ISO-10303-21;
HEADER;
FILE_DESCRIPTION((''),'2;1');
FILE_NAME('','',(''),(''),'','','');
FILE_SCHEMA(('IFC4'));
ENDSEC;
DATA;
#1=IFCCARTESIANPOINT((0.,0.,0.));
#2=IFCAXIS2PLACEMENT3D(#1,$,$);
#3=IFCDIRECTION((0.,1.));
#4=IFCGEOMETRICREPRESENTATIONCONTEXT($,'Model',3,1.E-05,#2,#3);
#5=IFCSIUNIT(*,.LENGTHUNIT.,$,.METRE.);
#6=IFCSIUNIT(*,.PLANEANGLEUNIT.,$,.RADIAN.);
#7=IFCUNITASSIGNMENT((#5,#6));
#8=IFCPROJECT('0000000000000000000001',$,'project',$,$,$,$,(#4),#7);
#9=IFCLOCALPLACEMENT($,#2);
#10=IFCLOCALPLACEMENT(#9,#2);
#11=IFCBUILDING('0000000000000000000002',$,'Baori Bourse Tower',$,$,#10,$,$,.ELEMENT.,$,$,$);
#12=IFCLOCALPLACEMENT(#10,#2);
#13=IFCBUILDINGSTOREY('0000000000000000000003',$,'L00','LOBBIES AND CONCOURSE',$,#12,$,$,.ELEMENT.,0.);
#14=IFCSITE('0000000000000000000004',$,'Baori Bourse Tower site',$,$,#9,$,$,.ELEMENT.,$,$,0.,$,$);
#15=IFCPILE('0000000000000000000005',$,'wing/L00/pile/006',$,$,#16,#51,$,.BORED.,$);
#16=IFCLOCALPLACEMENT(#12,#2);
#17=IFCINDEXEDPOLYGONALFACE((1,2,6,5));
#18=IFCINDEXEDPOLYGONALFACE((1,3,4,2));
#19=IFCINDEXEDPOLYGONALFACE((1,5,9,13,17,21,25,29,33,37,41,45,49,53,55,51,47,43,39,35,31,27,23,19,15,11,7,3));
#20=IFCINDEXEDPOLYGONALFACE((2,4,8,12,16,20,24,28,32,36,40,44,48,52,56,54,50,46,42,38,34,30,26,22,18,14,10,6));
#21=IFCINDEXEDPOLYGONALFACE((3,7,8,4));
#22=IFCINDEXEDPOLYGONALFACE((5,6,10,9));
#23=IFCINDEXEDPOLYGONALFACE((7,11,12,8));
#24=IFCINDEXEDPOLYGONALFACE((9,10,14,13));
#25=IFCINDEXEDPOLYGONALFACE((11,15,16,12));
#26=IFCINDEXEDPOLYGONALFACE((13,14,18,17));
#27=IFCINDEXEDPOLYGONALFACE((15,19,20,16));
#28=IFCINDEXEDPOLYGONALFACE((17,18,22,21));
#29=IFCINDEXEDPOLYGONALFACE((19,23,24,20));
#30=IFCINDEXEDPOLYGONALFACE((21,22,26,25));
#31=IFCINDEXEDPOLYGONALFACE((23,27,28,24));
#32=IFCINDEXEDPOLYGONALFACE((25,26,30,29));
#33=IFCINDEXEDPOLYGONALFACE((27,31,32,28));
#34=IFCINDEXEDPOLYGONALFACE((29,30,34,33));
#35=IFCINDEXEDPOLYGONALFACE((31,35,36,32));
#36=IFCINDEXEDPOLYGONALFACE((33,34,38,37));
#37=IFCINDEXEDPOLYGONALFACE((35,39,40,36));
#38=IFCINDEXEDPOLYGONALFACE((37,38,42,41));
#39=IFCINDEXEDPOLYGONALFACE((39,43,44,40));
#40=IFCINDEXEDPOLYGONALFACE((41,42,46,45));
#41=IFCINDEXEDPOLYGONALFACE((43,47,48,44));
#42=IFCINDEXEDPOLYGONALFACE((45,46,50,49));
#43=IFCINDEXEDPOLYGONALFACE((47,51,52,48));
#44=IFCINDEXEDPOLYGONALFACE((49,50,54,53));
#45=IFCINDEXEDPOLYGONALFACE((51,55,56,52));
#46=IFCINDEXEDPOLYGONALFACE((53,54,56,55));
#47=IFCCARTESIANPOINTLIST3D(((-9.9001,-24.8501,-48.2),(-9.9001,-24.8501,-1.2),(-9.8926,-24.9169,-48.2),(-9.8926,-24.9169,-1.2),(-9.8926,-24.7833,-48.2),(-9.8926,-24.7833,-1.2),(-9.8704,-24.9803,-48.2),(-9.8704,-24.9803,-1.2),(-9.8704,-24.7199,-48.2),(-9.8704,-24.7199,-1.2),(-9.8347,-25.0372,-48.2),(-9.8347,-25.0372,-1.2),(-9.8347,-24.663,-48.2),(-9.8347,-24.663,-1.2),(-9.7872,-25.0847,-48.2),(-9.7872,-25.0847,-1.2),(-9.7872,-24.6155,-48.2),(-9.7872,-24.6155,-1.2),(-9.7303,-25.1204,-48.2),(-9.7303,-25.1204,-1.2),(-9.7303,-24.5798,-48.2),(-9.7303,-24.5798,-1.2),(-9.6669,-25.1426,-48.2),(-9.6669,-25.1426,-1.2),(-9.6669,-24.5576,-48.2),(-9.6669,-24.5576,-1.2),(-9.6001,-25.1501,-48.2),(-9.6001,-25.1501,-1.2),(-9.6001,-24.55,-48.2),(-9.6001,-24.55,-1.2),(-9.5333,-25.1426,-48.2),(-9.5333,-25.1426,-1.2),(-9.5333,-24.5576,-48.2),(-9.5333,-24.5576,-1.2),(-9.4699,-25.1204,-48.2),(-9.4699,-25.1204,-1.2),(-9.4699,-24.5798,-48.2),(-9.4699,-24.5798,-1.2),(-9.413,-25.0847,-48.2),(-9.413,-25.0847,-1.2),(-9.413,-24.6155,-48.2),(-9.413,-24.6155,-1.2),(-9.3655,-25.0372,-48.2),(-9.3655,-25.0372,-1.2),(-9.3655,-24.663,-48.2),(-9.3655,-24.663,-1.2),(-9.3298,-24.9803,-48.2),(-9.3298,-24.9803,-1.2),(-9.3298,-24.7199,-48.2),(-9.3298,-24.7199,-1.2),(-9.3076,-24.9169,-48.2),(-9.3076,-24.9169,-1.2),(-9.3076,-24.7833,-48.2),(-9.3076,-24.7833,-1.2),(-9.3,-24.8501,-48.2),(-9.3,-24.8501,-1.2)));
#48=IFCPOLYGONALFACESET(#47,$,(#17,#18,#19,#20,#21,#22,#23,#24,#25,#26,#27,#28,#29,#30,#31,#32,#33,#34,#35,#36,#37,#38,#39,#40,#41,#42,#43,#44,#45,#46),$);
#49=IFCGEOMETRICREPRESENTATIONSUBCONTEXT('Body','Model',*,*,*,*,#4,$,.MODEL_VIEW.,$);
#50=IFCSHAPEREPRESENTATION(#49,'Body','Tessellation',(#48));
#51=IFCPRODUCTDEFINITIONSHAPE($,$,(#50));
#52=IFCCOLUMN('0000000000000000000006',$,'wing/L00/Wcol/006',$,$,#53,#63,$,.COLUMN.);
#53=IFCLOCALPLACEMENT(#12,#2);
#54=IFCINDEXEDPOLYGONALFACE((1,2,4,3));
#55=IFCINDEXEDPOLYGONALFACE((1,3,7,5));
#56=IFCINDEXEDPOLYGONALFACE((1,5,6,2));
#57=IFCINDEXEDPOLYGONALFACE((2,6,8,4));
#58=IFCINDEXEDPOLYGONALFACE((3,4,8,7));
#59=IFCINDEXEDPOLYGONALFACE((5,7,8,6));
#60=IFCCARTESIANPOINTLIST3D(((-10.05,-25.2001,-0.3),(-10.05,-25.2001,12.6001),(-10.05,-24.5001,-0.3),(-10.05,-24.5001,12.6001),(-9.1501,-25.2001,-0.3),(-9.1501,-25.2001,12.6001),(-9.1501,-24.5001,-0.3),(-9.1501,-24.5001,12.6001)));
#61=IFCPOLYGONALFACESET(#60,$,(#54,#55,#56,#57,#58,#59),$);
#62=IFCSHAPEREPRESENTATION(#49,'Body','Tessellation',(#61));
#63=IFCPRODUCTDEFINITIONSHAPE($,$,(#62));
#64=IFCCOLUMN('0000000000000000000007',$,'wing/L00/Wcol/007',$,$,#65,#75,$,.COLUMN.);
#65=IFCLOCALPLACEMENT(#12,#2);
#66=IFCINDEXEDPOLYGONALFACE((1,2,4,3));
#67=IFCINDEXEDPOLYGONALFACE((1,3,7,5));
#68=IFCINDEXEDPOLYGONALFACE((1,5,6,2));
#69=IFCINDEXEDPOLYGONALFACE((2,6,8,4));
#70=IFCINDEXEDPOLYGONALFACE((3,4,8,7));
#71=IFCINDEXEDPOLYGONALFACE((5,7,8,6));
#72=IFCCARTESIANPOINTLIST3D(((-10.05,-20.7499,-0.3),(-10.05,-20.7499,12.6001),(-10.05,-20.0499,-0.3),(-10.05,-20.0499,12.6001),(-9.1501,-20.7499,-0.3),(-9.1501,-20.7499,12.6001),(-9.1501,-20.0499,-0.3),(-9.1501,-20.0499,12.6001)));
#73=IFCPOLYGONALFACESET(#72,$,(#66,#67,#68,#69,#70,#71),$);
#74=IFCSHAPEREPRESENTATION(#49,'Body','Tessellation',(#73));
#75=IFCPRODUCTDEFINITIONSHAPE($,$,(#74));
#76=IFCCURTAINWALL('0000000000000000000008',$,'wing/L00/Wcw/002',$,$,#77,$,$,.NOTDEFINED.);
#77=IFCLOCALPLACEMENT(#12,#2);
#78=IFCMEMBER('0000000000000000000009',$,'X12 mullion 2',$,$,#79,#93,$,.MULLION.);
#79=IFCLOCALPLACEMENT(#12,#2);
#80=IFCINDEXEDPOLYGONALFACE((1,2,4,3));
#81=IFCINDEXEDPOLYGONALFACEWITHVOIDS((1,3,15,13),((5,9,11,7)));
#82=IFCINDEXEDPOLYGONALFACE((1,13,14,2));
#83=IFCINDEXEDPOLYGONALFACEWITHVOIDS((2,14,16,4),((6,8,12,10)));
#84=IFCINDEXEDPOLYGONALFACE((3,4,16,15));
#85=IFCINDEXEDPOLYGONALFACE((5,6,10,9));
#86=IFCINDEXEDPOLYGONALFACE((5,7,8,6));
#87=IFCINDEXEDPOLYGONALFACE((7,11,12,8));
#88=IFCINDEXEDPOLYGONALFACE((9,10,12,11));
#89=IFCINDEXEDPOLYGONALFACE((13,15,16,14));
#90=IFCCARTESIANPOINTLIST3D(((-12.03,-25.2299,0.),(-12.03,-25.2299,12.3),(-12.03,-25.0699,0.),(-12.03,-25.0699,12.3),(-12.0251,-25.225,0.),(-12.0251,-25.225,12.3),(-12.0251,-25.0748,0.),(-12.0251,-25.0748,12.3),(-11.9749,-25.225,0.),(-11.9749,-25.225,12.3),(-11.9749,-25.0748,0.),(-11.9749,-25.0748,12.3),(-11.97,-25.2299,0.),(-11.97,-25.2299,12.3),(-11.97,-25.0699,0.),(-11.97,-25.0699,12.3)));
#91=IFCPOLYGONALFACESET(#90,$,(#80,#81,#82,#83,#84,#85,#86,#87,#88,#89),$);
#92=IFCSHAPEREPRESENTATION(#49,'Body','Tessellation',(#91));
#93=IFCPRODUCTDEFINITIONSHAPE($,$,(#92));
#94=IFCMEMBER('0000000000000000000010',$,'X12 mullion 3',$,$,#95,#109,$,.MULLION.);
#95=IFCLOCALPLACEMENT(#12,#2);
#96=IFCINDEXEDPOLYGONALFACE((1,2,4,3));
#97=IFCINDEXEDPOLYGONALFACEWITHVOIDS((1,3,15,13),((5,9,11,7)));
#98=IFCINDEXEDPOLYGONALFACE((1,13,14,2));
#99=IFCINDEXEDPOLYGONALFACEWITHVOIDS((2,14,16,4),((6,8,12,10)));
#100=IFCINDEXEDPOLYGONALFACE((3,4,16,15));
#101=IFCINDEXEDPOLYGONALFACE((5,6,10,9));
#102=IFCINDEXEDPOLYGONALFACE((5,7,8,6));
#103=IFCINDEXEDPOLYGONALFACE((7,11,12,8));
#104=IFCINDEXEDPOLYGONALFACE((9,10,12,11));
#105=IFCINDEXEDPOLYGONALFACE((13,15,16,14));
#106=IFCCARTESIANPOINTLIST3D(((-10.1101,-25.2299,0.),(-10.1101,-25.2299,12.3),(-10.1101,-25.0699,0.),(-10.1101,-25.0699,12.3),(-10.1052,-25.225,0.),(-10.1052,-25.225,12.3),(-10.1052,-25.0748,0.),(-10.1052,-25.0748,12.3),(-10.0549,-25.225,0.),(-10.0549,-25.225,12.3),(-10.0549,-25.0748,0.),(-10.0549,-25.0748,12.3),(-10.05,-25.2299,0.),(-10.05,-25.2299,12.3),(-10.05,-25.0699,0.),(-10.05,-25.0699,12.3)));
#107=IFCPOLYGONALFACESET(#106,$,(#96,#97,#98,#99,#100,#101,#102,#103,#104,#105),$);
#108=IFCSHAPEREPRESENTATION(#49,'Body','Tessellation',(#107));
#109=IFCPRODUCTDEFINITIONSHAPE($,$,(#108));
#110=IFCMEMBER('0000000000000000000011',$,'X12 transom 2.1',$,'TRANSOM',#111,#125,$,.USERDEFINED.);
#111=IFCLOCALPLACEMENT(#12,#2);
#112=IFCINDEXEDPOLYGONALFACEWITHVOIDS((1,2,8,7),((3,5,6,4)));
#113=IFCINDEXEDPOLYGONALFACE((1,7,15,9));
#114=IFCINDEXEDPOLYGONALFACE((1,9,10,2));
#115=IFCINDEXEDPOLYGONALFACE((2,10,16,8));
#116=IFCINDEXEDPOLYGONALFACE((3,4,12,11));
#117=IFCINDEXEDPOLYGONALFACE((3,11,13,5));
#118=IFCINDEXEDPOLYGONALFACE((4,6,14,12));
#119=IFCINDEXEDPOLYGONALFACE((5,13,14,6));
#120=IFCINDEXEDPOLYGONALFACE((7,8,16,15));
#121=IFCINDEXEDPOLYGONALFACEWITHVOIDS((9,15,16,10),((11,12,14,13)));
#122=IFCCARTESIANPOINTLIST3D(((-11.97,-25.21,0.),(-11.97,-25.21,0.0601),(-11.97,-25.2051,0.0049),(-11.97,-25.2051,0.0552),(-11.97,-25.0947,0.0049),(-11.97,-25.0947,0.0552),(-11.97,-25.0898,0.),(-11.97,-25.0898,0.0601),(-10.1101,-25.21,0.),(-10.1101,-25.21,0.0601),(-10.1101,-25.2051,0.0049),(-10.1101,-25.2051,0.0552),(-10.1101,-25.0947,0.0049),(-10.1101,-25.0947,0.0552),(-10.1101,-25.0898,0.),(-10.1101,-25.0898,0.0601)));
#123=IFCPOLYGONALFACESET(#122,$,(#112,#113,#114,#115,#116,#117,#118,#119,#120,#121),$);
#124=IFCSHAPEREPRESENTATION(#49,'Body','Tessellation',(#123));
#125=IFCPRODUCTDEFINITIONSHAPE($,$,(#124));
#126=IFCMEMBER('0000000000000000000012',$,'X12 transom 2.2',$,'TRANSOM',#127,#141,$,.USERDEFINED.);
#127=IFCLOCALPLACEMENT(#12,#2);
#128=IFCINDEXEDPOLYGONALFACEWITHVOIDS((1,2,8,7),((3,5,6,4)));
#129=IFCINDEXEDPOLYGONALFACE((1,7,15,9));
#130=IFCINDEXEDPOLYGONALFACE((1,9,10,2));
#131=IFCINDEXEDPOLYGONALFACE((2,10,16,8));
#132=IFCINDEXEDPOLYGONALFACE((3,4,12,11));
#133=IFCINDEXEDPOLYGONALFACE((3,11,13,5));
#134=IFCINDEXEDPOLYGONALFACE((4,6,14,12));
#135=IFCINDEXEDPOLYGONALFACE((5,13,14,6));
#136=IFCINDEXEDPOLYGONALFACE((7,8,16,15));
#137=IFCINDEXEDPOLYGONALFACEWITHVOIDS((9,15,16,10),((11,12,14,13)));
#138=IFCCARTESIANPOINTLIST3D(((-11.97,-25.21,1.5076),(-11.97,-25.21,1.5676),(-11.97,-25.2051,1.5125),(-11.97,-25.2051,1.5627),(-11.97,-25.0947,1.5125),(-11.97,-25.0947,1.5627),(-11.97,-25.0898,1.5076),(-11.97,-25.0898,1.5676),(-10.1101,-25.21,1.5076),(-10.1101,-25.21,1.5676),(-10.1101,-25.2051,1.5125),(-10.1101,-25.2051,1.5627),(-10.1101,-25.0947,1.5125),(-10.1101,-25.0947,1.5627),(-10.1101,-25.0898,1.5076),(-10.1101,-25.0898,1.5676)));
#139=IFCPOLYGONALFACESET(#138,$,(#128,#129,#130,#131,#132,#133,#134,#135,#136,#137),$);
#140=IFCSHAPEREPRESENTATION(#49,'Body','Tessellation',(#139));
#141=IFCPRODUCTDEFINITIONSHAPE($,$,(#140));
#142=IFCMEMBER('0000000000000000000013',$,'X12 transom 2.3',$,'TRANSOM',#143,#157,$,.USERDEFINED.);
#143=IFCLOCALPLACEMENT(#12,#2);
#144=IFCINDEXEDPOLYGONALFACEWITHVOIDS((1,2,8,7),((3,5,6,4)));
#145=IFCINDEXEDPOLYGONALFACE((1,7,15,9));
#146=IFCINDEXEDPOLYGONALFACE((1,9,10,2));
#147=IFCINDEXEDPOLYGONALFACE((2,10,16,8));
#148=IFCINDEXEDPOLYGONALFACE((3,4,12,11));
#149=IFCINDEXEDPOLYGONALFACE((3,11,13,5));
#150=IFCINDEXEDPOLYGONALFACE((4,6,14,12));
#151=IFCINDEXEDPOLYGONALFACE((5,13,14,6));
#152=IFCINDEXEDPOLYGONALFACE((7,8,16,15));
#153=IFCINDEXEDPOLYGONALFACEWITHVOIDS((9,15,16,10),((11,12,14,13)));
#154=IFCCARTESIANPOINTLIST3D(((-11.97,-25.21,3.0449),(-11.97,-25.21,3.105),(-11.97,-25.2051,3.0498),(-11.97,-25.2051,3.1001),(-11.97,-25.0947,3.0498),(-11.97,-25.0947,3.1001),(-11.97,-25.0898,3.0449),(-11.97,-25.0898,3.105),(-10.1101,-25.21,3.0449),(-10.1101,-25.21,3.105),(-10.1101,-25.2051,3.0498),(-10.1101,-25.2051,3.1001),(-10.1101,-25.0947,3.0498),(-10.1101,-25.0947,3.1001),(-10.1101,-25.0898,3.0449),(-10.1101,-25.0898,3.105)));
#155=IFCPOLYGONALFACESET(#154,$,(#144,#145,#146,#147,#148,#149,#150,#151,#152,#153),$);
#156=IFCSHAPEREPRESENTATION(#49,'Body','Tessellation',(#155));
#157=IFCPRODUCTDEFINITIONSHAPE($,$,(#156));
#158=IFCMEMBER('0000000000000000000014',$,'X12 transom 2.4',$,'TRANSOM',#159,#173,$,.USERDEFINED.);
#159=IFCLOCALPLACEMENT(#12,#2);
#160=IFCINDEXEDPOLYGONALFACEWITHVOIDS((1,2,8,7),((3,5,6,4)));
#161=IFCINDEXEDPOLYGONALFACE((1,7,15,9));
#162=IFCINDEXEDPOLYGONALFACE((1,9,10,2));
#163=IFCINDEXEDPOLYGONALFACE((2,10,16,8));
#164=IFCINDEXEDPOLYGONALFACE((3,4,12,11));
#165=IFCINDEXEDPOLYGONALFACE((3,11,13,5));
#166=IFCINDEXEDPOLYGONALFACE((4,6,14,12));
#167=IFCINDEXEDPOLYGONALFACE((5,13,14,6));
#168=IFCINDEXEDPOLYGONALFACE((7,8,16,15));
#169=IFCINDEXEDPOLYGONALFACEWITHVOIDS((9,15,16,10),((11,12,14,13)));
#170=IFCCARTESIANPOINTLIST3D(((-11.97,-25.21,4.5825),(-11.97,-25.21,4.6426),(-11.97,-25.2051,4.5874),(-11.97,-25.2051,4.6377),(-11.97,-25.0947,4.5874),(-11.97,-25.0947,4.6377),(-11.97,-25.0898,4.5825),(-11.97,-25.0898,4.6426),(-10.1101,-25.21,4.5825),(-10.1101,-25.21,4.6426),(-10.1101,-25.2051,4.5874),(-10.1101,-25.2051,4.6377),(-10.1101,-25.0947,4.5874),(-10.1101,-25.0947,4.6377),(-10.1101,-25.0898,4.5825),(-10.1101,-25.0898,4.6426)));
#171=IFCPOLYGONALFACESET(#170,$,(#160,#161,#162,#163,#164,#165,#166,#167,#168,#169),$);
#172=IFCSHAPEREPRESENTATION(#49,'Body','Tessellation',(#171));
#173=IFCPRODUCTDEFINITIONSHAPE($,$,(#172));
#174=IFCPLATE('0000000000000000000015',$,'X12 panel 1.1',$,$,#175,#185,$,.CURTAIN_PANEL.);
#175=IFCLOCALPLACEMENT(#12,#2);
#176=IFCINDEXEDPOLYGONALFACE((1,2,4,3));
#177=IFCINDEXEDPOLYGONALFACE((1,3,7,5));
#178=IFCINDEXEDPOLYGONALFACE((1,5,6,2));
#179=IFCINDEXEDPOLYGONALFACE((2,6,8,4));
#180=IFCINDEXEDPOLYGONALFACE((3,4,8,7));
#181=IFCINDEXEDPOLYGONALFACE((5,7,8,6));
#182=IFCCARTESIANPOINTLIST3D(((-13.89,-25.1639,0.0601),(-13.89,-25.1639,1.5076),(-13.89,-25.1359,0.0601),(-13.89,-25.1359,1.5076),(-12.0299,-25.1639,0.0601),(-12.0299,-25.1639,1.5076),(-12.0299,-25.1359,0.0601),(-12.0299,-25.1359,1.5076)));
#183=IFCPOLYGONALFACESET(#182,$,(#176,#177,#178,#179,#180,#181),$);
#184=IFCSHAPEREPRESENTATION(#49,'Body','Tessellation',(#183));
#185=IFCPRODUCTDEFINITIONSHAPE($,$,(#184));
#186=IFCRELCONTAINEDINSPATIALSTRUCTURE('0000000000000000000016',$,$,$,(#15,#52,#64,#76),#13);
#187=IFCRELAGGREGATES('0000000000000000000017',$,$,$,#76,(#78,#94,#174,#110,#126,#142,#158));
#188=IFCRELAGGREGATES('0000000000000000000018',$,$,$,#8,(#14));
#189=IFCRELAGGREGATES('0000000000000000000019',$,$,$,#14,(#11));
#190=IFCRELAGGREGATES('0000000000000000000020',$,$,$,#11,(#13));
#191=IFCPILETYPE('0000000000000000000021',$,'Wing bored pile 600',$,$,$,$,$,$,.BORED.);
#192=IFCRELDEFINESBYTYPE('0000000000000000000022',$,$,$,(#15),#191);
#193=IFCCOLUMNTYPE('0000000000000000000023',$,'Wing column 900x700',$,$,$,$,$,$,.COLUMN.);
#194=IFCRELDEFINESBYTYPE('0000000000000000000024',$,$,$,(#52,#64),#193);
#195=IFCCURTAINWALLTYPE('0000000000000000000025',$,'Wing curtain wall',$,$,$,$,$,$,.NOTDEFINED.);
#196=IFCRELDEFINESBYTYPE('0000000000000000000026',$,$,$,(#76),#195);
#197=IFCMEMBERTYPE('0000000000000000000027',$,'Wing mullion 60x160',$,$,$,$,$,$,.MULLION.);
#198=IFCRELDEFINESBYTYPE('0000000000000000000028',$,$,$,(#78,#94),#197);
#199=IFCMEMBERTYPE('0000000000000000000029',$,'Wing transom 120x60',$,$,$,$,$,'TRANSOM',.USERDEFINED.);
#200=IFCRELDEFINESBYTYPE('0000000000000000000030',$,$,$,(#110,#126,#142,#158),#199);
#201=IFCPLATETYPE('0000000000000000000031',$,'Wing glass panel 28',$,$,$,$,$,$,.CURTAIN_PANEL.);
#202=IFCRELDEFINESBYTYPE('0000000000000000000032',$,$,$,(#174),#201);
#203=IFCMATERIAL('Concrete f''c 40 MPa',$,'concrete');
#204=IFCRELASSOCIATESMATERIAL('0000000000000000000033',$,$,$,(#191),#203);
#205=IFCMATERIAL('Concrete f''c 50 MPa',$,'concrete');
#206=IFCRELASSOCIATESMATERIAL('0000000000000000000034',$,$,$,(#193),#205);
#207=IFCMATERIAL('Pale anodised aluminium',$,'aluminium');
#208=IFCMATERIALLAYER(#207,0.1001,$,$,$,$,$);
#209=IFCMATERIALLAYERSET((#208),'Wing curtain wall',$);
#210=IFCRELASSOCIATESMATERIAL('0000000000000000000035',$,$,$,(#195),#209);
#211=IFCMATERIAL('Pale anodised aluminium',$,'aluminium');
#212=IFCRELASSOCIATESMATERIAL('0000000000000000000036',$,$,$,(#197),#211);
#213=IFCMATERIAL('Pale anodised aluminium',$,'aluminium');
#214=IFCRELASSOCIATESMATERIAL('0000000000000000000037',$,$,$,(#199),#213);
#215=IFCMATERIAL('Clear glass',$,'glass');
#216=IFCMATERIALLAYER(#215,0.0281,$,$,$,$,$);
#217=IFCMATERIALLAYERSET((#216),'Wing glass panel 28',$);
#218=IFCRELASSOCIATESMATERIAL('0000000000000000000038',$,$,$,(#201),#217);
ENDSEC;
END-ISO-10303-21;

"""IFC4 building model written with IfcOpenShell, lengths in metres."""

from ifc_helpers import new_model, si_unit, direction, frame, origin, origin_2d, place, context, subcontext, project, spatial, rectangle, hollow_rectangle, circle, extrude, material, layer, layer_set, material_profile, profile_set, type_object, element, aggregate, save


model = new_model("IFC4")

# Units and contexts
model_context = context("Model", 3, precision=1e-05, world=origin(), true_north=direction((0.0, 1.0)))
body_context = subcontext(model_context, "Body", "Model", "MODEL_VIEW")
ifc_project = project(units=[si_unit("LENGTHUNIT", "METRE"), si_unit("PLANEANGLEUNIT", "RADIAN")], contexts=[model_context])

# Site, building, storey
site_placement = place(None, origin())
site = spatial("IfcSite", under=ifc_project, at=site_placement, Name="Baori Bourse Tower site", CompositionType="ELEMENT", RefElevation=0.0)
building_placement = place(site_placement, origin())
building = spatial("IfcBuilding", under=site, at=building_placement, Name="Baori Bourse Tower", CompositionType="ELEMENT")
storey_placement = place(building_placement, origin())
storey = spatial("IfcBuildingStorey", under=building, at=storey_placement, Name="L00", Description="LOBBIES AND CONCOURSE", CompositionType="ELEMENT", Elevation=0.0)

# Pile
ifc_material_1 = material(Name="Concrete f'c 40 MPa", Category="concrete")
ifc_material_profile_1 = material_profile(ifc_material_1, circle(Radius=0.3, at=origin_2d()), Name="Wing bored pile 600")
ifc_profile_set_1 = profile_set([ifc_material_profile_1], Name="Concrete f'c 40 MPa")
pile_type = type_object("IfcPileType", Name="Wing bored pile 600", PredefinedType="BORED", material=ifc_profile_set_1)
pile_placement = place(storey_placement, frame((-9.6001, -24.8501, -1.2), z_axis=(0.0, 0.0, -1.0), x_axis=(1.0, 0.0, 0.0)))
element("IfcPile", 1, at=pile_placement, inside=storey, type_object=pile_type, Name="wing/L00/pile/006", PredefinedType="BORED", context=body_context, shape_type="SweptSolid", body=[
    extrude(circle(Radius=0.3, at=origin_2d()), origin(), (0.0, 0.0, 1.0), 47.0),
])

# Columns
ifc_material_2 = material(Name="Concrete f'c 50 MPa", Category="concrete")
ifc_material_profile_2 = material_profile(ifc_material_2, rectangle(XDim=0.8999, YDim=0.7, at=origin_2d()), Name="Wing column 900x700")
ifc_profile_set_2 = profile_set([ifc_material_profile_2], Name="Concrete f'c 50 MPa")
column_type = type_object("IfcColumnType", Name="Wing column 900x700", PredefinedType="COLUMN", material=ifc_profile_set_2)
for number, where, z_axis, x_axis, name in (
    (2, (-9.6001, -24.8501, -0.3), (0.0, 0.0, 1.0), (1.0, 0.0, 0.0), "wing/L00/Wcol/006"),
    (3, (-9.6001, -20.3999, -0.3), (0.0, 0.0, 1.0), (1.0, 0.0, 0.0), "wing/L00/Wcol/007"),
):
    element("IfcColumn", number, at=place(storey_placement, frame(where, z_axis=z_axis, x_axis=x_axis)), inside=storey, type_object=column_type, Name=name, PredefinedType="COLUMN", context=body_context, shape_type="SweptSolid", body=[
        extrude(rectangle(XDim=0.8999, YDim=0.7, at=origin_2d()), origin(), (0.0, 0.0, 1.0), 12.9001),
    ])

# Curtain wall, members, plate
ifc_material_3 = material(Name="Pale anodised aluminium", Category="aluminium")
ifc_layer_1 = layer(ifc_material_3, 0.1001)
ifc_layer_set_1 = layer_set([ifc_layer_1], Name="Wing curtain wall")
curtain_wall_type = type_object("IfcCurtainWallType", Name="Wing curtain wall", PredefinedType="NOTDEFINED", material=ifc_layer_set_1)
curtain_wall_placement = place(storey_placement, origin())
curtain_wall = element("IfcCurtainWall", 4, at=curtain_wall_placement, inside=storey, type_object=curtain_wall_type, Name="wing/L00/Wcw/002", PredefinedType="NOTDEFINED")
ifc_material_4 = material(Name="Pale anodised aluminium", Category="aluminium")
ifc_material_profile_3 = material_profile(ifc_material_4, hollow_rectangle(XDim=0.1599, YDim=0.0601, WallThickness=0.0049, at=origin_2d()), Name="Mullion 160x60x5")
ifc_profile_set_3 = profile_set([ifc_material_profile_3], Name="Pale anodised aluminium")
member_type_1 = type_object("IfcMemberType", Name="Wing mullion 60x160", PredefinedType="MULLION", material=ifc_profile_set_3)
member_1_placement = place(storey_placement, frame((-12.0, -25.1499, 0.0), z_axis=(0.0, 0.0, 1.0), x_axis=(0.0, 1.0, 0.0)))
member_1 = element("IfcMember", 5, at=member_1_placement, type_object=member_type_1, Name="X12 mullion 2", PredefinedType="MULLION", context=body_context, shape_type="SweptSolid", body=[
    extrude(hollow_rectangle(XDim=0.1599, YDim=0.0601, WallThickness=0.0049, at=origin_2d()), origin(), (0.0, 0.0, 1.0), 12.3),
])
member_2_placement = place(storey_placement, frame((-10.0801, -25.1499, 0.0), z_axis=(0.0, 0.0, 1.0), x_axis=(0.0, 1.0, 0.0)))
member_2 = element("IfcMember", 6, at=member_2_placement, type_object=member_type_1, Name="X12 mullion 3", PredefinedType="MULLION", context=body_context, shape_type="SweptSolid", body=[
    extrude(hollow_rectangle(XDim=0.1599, YDim=0.0601, WallThickness=0.0049, at=origin_2d()), origin(), (0.0, 0.0, 1.0), 12.3),
])
ifc_material_5 = material(Name="Pale anodised aluminium", Category="aluminium")
ifc_material_profile_4 = material_profile(ifc_material_5, hollow_rectangle(XDim=0.1201, YDim=0.0601, WallThickness=0.0049, at=origin_2d()), Name="Transom 120x60x5")
ifc_profile_set_4 = profile_set([ifc_material_profile_4], Name="Pale anodised aluminium")
member_type_2 = type_object("IfcMemberType", Name="Wing transom 120x60", ElementType="TRANSOM", PredefinedType="USERDEFINED", material=ifc_profile_set_4)
member_3_placement = place(storey_placement, frame((-11.97, -25.1499, 0.03), z_axis=(1.0, 0.0, 0.0), x_axis=(0.0, 1.0, 0.0)))
member_3 = element("IfcMember", 7, at=member_3_placement, type_object=member_type_2, Name="X12 transom 2.1", ObjectType="TRANSOM", PredefinedType="USERDEFINED", context=body_context, shape_type="SweptSolid", body=[
    extrude(hollow_rectangle(XDim=0.1201, YDim=0.0601, WallThickness=0.0049, at=origin_2d()), origin(), (0.0, 0.0, 1.0), 1.8599),
])
member_4_placement = place(storey_placement, frame((-11.97, -25.1499, 1.5376), z_axis=(1.0, 0.0, 0.0), x_axis=(0.0, 1.0, 0.0)))
member_4 = element("IfcMember", 8, at=member_4_placement, type_object=member_type_2, Name="X12 transom 2.2", ObjectType="TRANSOM", PredefinedType="USERDEFINED", context=body_context, shape_type="SweptSolid", body=[
    extrude(hollow_rectangle(XDim=0.1201, YDim=0.0601, WallThickness=0.0049, at=origin_2d()), origin(), (0.0, 0.0, 1.0), 1.8599),
])
member_5_placement = place(storey_placement, frame((-11.97, -25.1499, 3.075), z_axis=(1.0, 0.0, 0.0), x_axis=(0.0, 1.0, 0.0)))
member_5 = element("IfcMember", 9, at=member_5_placement, type_object=member_type_2, Name="X12 transom 2.3", ObjectType="TRANSOM", PredefinedType="USERDEFINED", context=body_context, shape_type="SweptSolid", body=[
    extrude(hollow_rectangle(XDim=0.1201, YDim=0.0601, WallThickness=0.0049, at=origin_2d()), origin(), (0.0, 0.0, 1.0), 1.8599),
])
member_6_placement = place(storey_placement, frame((-11.97, -25.1499, 4.6125), z_axis=(1.0, 0.0, 0.0), x_axis=(0.0, 1.0, 0.0)))
member_6 = element("IfcMember", 10, at=member_6_placement, type_object=member_type_2, Name="X12 transom 2.4", ObjectType="TRANSOM", PredefinedType="USERDEFINED", context=body_context, shape_type="SweptSolid", body=[
    extrude(hollow_rectangle(XDim=0.1201, YDim=0.0601, WallThickness=0.0049, at=origin_2d()), origin(), (0.0, 0.0, 1.0), 1.8599),
])
ifc_material_6 = material(Name="Clear glass", Category="glass")
ifc_layer_2 = layer(ifc_material_6, 0.0281)
ifc_layer_set_2 = layer_set([ifc_layer_2], Name="Wing glass panel 28")
plate_type = type_object("IfcPlateType", Name="Wing glass panel 28", PredefinedType="CURTAIN_PANEL", material=ifc_layer_set_2)
plate_1_placement = place(storey_placement, frame((-12.96, -25.1499, 0.0601), z_axis=(0.0, 0.0, 1.0), x_axis=(1.0, 0.0, 0.0)))
plate_1 = element("IfcPlate", 11, at=plate_1_placement, type_object=plate_type, Name="X12 panel 1.1", PredefinedType="CURTAIN_PANEL", context=body_context, shape_type="SweptSolid", body=[
    extrude(rectangle(XDim=1.8601, YDim=0.0281, at=origin_2d()), origin(), (0.0, 0.0, 1.0), 1.4475),
])
aggregate(curtain_wall, [member_1, member_2, plate_1, member_3, member_4, member_5, member_6])

save(model, "model.ifc")
